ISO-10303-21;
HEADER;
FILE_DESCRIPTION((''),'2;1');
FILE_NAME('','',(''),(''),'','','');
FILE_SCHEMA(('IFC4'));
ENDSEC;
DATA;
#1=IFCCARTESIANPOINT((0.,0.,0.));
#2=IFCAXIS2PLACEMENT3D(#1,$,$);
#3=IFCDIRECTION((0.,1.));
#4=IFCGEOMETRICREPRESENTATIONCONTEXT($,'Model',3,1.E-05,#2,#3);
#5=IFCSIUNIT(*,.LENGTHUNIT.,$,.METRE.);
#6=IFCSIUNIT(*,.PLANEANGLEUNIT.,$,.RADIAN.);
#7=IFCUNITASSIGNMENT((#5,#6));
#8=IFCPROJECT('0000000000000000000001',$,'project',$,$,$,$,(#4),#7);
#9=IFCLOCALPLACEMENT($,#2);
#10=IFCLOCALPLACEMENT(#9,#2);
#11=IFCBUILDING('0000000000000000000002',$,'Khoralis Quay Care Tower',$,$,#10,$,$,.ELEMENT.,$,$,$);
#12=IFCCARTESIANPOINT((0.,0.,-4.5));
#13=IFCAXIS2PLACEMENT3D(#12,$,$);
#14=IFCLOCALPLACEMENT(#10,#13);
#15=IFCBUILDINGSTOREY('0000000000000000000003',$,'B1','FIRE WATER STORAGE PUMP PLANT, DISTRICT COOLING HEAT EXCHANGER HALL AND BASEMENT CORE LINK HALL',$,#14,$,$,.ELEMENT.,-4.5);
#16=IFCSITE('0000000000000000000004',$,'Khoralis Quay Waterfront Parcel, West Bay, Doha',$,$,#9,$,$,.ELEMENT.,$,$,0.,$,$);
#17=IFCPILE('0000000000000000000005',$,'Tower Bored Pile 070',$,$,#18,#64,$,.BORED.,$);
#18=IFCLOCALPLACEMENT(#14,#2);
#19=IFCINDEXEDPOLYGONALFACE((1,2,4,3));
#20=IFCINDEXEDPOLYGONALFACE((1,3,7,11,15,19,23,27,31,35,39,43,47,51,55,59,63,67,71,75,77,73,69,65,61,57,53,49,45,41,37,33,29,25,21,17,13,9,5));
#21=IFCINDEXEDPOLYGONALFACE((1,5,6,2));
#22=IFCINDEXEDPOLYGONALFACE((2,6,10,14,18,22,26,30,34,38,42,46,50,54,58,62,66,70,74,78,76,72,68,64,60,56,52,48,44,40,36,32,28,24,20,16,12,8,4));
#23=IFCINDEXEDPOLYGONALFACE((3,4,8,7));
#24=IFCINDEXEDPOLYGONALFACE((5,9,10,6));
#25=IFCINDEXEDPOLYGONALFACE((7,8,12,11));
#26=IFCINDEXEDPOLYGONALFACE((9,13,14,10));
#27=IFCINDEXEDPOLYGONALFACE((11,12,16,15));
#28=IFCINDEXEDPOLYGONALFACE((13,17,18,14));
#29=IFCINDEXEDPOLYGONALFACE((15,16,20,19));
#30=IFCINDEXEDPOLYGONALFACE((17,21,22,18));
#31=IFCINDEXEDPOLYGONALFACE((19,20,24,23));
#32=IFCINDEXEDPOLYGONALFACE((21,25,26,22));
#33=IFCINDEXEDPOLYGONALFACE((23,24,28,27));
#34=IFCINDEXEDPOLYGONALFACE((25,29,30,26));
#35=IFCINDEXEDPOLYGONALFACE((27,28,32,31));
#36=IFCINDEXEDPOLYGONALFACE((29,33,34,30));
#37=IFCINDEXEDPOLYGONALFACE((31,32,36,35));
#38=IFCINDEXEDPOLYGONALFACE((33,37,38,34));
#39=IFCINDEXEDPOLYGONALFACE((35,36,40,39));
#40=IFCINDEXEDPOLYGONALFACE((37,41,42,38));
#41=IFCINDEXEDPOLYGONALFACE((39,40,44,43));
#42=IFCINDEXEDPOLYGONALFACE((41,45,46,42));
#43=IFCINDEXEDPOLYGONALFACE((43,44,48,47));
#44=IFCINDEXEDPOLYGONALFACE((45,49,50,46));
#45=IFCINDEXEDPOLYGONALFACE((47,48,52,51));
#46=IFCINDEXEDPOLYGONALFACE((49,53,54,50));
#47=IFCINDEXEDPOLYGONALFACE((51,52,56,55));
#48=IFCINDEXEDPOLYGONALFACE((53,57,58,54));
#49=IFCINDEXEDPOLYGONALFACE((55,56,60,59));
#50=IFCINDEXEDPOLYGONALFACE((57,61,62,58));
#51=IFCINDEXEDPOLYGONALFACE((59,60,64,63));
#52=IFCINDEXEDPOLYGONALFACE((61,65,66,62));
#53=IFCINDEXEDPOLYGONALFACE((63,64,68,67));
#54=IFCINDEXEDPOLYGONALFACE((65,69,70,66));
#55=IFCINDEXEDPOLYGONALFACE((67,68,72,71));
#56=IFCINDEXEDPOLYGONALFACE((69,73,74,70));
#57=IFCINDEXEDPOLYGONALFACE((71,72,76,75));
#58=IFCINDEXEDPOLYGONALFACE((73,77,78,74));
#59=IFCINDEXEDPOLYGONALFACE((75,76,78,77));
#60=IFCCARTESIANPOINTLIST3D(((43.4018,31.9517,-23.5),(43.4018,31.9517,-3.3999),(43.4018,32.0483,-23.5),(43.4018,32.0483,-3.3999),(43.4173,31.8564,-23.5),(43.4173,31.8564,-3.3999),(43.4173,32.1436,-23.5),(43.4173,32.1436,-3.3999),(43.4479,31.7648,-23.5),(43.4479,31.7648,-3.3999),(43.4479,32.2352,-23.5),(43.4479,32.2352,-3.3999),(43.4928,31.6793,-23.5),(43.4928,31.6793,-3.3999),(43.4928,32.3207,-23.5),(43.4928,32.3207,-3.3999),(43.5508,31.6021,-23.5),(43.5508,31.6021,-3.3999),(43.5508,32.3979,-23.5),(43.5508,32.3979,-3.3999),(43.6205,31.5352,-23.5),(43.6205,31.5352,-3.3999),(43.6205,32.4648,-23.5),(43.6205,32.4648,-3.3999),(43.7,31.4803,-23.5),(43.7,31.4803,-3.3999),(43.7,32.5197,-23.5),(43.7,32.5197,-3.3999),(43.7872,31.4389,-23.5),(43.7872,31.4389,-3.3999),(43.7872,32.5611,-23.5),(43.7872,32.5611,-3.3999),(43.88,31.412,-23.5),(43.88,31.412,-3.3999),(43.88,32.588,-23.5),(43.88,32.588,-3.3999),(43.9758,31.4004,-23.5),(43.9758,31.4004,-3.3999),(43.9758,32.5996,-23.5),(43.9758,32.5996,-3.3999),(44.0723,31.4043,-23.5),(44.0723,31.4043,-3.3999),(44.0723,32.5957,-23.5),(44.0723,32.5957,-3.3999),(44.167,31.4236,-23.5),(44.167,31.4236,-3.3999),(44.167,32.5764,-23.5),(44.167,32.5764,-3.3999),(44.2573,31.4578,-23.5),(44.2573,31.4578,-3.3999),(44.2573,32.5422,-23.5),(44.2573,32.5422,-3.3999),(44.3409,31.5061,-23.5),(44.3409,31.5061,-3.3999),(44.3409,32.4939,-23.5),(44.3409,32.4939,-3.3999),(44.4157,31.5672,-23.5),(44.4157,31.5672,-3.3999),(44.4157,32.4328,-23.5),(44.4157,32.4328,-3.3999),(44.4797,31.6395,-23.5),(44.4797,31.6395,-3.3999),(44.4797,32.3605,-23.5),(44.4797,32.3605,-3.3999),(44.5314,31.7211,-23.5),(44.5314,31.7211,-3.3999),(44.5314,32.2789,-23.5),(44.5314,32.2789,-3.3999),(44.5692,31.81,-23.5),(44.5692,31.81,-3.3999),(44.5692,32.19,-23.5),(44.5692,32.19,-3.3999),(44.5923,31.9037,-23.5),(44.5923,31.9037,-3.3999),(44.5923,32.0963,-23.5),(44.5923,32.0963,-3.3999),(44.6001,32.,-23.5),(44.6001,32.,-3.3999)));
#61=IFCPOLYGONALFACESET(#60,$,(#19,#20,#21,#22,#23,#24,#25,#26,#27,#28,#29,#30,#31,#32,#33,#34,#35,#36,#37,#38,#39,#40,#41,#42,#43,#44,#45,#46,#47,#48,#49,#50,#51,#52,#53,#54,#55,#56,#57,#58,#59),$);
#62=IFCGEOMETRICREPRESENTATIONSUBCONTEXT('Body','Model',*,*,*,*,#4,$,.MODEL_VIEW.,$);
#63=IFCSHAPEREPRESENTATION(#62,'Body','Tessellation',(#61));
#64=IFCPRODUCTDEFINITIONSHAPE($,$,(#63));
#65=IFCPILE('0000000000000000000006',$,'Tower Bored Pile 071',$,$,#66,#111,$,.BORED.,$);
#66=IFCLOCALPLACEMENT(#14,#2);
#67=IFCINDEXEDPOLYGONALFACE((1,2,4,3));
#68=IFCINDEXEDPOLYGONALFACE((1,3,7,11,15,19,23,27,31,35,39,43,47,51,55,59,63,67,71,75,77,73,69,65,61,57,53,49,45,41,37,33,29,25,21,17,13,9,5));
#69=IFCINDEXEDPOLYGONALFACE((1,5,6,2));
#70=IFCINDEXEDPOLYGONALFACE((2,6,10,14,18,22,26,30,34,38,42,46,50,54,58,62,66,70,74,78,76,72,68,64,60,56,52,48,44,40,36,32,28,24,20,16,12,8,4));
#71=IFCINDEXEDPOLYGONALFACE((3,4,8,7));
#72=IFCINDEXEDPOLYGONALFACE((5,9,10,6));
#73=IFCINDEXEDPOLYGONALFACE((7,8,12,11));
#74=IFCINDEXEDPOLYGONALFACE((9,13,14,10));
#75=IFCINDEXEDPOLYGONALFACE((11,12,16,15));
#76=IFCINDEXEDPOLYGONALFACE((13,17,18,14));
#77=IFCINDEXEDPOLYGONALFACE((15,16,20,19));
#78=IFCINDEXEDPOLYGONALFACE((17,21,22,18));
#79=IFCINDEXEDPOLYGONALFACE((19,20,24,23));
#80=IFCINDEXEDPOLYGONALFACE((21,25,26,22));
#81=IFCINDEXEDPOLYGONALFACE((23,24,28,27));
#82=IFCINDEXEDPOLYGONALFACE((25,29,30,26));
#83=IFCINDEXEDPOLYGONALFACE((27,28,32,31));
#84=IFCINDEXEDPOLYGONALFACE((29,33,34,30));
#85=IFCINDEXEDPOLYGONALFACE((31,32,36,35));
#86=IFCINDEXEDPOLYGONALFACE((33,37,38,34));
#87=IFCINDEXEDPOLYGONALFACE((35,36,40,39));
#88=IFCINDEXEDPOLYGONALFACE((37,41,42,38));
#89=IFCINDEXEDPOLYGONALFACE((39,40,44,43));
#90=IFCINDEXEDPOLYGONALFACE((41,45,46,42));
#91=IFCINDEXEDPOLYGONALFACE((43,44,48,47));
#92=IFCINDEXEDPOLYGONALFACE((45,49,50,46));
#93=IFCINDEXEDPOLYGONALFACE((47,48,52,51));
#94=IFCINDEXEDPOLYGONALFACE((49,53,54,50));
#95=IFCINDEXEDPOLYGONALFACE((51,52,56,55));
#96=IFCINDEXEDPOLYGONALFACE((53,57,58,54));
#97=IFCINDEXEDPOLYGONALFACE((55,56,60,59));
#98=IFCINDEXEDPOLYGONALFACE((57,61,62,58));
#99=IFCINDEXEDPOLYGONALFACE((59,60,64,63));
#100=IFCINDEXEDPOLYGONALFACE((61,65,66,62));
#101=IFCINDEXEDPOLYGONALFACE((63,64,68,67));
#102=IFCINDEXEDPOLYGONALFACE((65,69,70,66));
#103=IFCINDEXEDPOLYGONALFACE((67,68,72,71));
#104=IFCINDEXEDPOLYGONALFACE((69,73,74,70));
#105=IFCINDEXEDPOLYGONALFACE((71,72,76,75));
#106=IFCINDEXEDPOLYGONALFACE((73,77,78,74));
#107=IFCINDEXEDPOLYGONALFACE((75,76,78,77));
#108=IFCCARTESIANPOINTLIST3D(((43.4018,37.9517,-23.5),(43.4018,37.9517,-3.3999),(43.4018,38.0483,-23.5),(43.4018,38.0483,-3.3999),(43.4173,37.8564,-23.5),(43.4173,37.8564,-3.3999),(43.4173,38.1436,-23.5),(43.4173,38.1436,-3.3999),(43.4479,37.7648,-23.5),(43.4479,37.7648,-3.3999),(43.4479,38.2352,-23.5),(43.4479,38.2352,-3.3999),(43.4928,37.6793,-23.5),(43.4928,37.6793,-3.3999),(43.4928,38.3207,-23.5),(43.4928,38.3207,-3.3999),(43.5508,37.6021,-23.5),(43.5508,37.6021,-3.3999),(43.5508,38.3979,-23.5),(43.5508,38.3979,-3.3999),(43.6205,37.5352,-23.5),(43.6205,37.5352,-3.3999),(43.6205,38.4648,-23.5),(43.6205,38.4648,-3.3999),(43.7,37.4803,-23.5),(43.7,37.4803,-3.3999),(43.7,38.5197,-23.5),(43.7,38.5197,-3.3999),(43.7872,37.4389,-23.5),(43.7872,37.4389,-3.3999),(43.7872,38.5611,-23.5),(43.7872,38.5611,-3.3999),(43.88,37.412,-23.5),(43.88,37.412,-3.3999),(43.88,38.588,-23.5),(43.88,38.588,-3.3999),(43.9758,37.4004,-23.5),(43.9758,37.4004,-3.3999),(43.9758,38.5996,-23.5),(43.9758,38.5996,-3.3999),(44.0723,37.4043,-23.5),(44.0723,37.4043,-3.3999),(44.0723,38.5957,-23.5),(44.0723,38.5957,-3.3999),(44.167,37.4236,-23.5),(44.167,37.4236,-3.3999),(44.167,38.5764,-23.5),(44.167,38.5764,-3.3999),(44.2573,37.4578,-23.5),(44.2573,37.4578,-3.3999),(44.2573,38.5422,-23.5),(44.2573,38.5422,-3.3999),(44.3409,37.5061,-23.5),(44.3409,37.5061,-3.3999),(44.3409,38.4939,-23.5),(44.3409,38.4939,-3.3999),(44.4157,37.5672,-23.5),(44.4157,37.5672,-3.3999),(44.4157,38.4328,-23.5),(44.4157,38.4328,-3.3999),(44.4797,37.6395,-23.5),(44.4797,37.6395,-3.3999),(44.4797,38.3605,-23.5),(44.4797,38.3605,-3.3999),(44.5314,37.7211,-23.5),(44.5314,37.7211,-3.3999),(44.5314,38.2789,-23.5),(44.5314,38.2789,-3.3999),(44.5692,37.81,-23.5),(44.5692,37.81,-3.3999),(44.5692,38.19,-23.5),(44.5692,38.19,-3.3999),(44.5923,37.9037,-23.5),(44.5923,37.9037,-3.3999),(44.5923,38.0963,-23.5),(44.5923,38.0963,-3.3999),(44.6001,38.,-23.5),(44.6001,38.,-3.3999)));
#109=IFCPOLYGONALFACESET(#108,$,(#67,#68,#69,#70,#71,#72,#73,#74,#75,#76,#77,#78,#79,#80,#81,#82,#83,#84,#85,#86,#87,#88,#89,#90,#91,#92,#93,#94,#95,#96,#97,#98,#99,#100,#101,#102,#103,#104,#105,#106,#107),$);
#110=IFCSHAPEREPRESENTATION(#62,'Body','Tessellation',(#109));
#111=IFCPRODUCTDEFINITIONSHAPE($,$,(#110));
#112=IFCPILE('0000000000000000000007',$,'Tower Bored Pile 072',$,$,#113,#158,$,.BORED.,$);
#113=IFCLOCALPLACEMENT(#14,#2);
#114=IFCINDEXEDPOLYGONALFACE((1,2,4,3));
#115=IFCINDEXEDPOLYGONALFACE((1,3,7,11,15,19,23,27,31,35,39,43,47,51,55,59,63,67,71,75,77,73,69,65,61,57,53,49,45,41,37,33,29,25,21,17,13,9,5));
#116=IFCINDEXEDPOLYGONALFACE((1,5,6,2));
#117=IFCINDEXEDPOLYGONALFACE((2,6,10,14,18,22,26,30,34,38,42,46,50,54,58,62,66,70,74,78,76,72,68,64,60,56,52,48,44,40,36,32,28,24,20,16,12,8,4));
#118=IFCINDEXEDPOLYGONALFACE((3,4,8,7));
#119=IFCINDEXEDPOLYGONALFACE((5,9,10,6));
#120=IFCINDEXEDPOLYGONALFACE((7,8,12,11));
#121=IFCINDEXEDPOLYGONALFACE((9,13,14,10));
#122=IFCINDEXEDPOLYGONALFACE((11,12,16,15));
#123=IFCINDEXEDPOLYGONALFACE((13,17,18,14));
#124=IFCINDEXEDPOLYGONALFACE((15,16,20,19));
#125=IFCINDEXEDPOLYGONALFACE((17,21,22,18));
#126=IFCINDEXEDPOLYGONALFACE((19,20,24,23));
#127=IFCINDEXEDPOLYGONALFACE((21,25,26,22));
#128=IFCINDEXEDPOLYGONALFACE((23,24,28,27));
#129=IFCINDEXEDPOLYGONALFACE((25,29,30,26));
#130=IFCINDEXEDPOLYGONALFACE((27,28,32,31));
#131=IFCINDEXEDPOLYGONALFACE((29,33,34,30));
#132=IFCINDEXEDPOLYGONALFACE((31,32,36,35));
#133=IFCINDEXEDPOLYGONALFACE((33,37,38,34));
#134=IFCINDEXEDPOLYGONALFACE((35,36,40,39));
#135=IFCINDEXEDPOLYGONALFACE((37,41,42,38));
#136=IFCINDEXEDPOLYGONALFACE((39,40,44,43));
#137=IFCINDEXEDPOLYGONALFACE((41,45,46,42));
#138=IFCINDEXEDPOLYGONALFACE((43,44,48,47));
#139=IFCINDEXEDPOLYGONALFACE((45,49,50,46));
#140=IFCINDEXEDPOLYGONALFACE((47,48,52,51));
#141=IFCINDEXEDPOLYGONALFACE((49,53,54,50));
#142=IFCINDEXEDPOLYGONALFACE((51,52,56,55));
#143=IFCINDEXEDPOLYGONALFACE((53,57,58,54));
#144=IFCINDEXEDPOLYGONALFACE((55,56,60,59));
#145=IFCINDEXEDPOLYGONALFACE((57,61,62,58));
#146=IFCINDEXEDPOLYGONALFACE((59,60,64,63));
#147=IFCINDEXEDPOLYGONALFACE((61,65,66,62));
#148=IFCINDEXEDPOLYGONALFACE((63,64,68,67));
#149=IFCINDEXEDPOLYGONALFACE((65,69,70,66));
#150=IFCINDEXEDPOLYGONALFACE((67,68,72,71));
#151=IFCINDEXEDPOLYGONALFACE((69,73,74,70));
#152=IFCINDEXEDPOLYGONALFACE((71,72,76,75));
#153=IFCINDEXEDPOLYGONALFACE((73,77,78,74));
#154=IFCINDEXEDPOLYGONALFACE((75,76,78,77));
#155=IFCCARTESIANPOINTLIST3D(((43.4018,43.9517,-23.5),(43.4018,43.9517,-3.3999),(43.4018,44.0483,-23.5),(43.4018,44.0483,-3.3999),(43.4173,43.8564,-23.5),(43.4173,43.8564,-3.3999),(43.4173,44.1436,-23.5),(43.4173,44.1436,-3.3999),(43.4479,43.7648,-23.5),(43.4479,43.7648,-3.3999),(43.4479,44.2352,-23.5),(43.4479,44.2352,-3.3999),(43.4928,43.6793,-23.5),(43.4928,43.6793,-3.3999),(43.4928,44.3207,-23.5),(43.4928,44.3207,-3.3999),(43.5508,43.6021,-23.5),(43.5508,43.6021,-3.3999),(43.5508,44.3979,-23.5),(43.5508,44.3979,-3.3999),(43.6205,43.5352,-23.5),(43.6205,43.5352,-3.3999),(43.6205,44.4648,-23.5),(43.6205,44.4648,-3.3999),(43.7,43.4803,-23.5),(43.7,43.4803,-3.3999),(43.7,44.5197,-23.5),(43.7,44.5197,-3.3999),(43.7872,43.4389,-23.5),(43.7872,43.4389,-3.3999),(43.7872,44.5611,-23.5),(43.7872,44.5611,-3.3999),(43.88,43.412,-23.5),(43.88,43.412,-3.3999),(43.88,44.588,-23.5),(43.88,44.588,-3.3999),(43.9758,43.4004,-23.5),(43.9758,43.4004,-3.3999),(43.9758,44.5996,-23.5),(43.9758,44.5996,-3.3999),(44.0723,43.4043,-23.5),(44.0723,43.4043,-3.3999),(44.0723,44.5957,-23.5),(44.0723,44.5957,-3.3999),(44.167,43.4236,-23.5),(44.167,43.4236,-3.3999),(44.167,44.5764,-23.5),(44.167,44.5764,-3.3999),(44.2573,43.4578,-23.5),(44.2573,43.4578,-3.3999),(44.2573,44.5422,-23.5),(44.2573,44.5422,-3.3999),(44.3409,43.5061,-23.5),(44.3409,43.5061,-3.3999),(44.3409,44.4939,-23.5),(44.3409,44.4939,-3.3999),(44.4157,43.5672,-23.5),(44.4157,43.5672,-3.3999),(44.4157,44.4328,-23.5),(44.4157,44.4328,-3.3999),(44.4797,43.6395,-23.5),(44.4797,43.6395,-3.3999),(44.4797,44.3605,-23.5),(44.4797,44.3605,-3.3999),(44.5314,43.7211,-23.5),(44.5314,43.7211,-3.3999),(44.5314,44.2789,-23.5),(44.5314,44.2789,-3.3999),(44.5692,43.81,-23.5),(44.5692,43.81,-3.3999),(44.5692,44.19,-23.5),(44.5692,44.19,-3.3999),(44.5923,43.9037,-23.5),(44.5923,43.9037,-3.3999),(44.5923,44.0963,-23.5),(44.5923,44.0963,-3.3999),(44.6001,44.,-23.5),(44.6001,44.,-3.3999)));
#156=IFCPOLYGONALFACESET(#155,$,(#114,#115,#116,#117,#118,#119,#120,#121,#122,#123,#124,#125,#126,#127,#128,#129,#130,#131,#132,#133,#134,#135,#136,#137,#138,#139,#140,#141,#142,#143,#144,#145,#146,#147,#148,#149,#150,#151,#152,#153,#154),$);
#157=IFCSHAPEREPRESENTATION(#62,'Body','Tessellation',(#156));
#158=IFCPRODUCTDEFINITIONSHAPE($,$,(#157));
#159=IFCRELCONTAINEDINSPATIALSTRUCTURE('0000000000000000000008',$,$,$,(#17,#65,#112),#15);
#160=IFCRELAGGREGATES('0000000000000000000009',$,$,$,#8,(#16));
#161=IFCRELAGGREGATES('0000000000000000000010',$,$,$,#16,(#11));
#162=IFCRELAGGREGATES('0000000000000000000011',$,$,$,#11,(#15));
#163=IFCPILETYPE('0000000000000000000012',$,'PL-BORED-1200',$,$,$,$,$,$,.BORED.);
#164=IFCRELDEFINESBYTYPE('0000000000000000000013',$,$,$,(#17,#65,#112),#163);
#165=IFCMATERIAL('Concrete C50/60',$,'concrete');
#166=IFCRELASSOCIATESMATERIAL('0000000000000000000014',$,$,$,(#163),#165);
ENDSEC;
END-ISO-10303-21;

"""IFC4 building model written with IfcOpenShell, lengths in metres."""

from ifc_helpers import new_model, si_unit, direction, frame, origin, origin_2d, place, context, subcontext, project, spatial, circle, extrude, source, transform, mapped, material, material_profile, profile_set, type_object, element, save


model = new_model("IFC4")

# Units and contexts
model_context = context("Model", 3, precision=1e-05, world=origin(), true_north=direction((0.0, 1.0)))
body_context = subcontext(model_context, "Body", "Model", "MODEL_VIEW")
ifc_project = project(units=[si_unit("LENGTHUNIT", "METRE"), si_unit("PLANEANGLEUNIT", "RADIAN")], contexts=[model_context])

# Site, building, storey
site_placement = place(None, origin())
site = spatial("IfcSite", under=ifc_project, at=site_placement, Name="Khoralis Quay Waterfront Parcel, West Bay, Doha", CompositionType="ELEMENT", RefElevation=0.0)
building_placement = place(site_placement, origin())
building = spatial("IfcBuilding", under=site, at=building_placement, Name="Khoralis Quay Care Tower", CompositionType="ELEMENT")
storey_placement = place(building_placement, frame((0.0, 0.0, -4.5)))
storey = spatial("IfcBuildingStorey", under=building, at=storey_placement, Name="B1", Description="FIRE WATER STORAGE PUMP PLANT, DISTRICT COOLING HEAT EXCHANGER HALL AND BASEMENT CORE LINK HALL", CompositionType="ELEMENT", Elevation=-4.5)

# Piles
ifc_material_1 = material(Name="Concrete C50/60", Category="concrete")
ifc_material_profile_1 = material_profile(ifc_material_1, circle(Radius=0.6001, at=origin_2d()), Name="Concrete C50/60")
ifc_profile_set_1 = profile_set([ifc_material_profile_1], Name="Concrete C50/60")
pile_type_1 = type_object("IfcPileType", Name="PL-BORED-1200", PredefinedType="BORED", material=ifc_profile_set_1)
shared_shape_1 = source(origin(), body_context, "Body", "SweptSolid", [
    extrude(circle(Radius=0.6001, at=origin_2d()), origin(), (0.0, 0.0, 1.0), 20.1001),
])
for number, where, z_axis, x_axis, name in (
    (1, (44.0, 32.0, -3.3999), (0.0, 0.0, -1.0), (1.0, 0.0, 0.0), "Tower Bored Pile 070"),
    (2, (44.0, 38.0, -3.3999), (0.0, 0.0, -1.0), (1.0, 0.0, 0.0), "Tower Bored Pile 071"),
    (3, (44.0, 44.0, -3.3999), (0.0, 0.0, -1.0), (1.0, 0.0, 0.0), "Tower Bored Pile 072"),
):
    element("IfcPile", number, at=place(storey_placement, frame(where, z_axis=z_axis, x_axis=x_axis)), inside=storey, type_object=pile_type_1, Name=name, PredefinedType="BORED", context=body_context, shape_type="MappedRepresentation", body=[
        mapped(shared_shape_1, transform((0.0, 0.0, 0.0), scale=1.0)),
    ])

save(model, "model.ifc")
